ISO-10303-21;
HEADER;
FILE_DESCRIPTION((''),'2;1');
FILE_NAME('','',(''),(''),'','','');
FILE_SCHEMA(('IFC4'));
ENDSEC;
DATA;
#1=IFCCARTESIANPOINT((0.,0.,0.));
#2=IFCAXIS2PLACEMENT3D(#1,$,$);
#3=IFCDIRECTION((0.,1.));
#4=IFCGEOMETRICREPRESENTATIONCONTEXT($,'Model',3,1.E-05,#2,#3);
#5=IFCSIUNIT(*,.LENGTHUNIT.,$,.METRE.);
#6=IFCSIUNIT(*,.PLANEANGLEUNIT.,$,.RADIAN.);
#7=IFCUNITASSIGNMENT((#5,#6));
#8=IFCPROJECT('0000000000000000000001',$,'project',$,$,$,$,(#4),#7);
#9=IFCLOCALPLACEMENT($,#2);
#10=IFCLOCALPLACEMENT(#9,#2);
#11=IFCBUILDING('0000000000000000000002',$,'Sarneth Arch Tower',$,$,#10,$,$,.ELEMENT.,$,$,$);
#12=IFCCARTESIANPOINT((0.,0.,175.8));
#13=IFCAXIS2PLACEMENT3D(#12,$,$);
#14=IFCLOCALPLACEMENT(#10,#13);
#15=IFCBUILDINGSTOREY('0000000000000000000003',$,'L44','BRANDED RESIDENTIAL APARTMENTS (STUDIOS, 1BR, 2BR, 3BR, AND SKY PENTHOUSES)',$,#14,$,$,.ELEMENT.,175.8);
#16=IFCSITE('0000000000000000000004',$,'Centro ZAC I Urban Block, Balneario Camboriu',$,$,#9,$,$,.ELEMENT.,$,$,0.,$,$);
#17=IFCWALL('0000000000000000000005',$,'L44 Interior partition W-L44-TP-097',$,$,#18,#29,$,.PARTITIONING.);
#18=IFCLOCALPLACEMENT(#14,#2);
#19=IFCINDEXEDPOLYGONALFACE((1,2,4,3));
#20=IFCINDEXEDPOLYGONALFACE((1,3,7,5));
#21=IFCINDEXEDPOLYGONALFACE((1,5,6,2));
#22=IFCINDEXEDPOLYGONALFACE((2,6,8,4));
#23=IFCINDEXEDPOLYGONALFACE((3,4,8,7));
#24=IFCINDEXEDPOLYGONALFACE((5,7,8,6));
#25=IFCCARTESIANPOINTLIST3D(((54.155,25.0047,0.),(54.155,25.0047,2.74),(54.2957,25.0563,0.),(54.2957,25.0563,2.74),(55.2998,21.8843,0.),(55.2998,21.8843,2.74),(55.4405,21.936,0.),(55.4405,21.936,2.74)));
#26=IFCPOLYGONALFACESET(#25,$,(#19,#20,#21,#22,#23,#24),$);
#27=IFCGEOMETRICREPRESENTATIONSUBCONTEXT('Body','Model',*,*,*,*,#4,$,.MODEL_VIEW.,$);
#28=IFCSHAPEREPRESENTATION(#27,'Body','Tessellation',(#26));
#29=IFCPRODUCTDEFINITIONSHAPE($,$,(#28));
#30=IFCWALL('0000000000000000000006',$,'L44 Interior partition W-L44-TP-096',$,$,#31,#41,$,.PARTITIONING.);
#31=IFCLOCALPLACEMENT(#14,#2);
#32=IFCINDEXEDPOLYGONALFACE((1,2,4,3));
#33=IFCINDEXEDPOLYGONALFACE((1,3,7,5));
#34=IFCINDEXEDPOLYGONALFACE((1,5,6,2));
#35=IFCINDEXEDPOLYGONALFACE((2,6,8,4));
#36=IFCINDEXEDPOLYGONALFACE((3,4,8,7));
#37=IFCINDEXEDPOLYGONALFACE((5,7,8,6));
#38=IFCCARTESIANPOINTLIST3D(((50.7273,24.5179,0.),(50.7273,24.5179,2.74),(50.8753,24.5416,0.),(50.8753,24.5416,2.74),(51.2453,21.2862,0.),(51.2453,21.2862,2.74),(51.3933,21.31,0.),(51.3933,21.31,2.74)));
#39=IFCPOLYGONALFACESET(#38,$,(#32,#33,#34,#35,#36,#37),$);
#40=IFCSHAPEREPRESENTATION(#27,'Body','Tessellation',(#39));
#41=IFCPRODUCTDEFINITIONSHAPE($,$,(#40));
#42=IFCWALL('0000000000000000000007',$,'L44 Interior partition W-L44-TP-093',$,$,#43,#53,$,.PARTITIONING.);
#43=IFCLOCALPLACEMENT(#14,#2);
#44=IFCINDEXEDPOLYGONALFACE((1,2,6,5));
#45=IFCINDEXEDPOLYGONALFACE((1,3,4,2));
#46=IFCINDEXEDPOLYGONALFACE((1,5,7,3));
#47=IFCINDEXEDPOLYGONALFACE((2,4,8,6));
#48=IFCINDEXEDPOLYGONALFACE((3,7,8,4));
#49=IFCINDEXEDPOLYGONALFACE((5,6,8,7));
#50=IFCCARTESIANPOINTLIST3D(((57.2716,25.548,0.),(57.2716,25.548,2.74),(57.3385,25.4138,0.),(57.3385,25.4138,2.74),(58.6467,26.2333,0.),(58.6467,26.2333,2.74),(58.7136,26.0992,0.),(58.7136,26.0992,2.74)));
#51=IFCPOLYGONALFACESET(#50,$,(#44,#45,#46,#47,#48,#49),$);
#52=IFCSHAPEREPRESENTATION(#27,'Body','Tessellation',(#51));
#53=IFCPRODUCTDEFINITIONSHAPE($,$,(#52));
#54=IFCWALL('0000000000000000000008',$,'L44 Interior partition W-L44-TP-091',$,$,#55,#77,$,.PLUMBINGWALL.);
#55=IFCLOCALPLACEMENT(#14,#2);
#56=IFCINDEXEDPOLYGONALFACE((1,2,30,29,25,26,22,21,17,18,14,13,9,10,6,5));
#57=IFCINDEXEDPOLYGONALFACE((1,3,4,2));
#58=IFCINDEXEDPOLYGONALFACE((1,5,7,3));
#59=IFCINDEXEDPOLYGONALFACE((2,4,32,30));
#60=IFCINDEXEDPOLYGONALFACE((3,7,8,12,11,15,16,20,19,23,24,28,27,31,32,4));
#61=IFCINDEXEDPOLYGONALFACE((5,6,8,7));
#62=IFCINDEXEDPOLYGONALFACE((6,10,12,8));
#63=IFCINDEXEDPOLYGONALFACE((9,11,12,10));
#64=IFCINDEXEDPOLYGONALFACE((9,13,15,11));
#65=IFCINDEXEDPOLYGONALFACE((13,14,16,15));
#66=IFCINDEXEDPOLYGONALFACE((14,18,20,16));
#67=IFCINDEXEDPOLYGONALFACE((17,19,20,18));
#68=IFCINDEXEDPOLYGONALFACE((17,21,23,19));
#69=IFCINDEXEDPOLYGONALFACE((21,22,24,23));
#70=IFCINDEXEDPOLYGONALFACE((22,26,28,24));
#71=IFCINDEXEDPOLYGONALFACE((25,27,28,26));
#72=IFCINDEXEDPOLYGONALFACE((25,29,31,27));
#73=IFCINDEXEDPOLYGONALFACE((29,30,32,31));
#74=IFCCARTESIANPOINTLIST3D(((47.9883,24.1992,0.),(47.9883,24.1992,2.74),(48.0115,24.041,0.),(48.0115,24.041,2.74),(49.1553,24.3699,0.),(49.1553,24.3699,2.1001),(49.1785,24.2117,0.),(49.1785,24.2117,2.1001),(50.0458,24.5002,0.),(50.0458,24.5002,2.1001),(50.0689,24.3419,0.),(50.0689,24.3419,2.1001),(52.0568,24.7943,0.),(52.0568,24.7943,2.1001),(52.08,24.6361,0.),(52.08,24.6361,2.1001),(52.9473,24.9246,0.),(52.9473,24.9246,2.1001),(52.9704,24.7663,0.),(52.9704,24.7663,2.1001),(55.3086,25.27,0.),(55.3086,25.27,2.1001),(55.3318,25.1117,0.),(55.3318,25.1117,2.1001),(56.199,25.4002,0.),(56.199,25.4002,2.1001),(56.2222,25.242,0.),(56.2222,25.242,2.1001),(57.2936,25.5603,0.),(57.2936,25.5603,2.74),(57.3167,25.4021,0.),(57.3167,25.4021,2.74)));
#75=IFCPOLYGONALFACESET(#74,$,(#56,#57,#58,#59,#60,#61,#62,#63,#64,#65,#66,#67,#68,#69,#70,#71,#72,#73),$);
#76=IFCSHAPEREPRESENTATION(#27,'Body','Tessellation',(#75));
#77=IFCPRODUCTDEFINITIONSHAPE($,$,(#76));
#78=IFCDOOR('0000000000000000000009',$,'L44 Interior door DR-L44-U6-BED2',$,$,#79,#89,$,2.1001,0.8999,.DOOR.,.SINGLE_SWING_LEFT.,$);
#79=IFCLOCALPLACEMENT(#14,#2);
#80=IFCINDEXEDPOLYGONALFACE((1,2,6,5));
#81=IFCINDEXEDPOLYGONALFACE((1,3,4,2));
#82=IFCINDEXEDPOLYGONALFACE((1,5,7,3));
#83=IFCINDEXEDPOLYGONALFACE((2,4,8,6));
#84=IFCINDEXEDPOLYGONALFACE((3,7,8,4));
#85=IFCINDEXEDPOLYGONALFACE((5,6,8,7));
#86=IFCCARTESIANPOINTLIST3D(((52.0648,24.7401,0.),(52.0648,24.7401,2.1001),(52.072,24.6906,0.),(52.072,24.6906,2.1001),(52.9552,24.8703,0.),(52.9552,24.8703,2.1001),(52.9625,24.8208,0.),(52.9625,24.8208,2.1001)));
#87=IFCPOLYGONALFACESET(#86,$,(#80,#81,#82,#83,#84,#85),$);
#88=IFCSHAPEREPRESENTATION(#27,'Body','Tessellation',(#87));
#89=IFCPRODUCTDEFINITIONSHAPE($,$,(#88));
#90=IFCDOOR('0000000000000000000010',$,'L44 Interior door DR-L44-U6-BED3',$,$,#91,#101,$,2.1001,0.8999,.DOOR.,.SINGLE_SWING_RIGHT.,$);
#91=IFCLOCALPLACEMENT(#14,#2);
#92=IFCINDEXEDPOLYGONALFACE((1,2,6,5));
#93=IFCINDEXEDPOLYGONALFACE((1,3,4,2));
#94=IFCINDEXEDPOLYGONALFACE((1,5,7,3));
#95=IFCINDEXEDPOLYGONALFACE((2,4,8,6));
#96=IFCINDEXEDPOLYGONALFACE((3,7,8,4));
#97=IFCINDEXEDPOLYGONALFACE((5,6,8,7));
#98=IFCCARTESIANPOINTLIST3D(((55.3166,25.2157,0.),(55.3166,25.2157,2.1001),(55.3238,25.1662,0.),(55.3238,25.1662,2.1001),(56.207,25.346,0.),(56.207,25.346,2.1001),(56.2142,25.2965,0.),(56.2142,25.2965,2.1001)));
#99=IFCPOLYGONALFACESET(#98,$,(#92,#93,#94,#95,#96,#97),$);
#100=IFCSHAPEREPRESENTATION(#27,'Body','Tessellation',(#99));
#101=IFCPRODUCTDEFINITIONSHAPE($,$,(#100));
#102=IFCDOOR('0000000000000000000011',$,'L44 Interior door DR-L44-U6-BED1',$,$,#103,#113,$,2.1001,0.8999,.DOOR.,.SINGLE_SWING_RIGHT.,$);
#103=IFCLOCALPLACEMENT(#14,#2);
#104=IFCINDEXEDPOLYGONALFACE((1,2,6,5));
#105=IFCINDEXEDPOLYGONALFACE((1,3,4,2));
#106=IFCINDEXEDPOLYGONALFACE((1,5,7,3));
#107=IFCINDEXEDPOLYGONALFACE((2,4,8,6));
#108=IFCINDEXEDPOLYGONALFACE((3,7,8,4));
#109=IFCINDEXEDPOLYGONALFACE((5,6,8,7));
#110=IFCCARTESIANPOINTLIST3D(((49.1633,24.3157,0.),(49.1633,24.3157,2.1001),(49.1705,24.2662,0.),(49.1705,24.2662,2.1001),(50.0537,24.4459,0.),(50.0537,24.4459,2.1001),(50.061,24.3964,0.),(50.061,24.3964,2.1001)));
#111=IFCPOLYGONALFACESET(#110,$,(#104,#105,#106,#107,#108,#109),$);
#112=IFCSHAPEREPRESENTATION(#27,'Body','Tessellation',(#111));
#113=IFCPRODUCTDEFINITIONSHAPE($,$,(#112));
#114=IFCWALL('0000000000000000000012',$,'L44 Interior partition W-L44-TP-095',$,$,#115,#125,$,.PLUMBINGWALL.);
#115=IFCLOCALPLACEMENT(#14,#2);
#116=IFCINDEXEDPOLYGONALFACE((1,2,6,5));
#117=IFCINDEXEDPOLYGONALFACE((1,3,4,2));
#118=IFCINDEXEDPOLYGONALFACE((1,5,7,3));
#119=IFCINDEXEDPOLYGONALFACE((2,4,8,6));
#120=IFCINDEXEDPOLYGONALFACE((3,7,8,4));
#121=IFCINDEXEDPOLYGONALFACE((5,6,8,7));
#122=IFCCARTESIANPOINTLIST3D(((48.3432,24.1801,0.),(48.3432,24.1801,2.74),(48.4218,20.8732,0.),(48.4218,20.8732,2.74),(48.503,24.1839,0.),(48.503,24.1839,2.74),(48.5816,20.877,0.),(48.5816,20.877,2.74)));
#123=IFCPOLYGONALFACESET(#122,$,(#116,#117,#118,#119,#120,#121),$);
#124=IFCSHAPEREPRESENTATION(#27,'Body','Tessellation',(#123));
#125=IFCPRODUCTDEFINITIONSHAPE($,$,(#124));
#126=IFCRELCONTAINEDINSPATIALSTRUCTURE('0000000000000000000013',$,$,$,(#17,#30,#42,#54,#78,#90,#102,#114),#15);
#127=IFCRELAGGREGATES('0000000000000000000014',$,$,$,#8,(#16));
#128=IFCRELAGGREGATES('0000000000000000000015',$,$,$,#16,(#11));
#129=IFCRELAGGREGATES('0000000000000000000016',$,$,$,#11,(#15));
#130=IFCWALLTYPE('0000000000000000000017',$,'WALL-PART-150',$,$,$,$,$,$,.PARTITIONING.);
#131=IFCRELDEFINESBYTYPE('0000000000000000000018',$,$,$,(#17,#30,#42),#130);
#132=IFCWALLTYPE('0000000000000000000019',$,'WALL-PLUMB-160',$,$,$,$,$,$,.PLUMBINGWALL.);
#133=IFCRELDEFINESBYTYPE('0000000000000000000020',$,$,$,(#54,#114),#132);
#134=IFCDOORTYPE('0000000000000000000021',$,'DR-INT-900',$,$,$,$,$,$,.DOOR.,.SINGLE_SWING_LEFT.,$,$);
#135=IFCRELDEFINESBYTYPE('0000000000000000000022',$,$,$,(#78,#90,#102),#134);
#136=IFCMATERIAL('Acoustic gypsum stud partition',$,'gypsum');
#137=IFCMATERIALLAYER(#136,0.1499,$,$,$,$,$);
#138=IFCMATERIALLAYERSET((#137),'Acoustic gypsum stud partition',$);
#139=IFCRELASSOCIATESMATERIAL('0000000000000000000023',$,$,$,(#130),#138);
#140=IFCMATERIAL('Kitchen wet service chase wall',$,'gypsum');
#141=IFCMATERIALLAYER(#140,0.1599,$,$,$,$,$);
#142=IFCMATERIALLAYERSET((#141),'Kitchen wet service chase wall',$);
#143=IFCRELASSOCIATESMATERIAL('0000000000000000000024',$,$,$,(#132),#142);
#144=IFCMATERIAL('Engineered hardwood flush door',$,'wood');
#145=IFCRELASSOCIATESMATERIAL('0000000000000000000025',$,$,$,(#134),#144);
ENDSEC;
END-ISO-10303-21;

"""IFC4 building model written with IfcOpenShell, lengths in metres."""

from ifc_helpers import new_model, si_unit, direction, frame, frame_2d, origin, place, context, subcontext, project, spatial, rectangle, extrude, material, layer, layer_set, type_object, element, fill, save


model = new_model("IFC4")

# Units and contexts
model_context = context("Model", 3, precision=1e-05, world=origin(), true_north=direction((0.0, 1.0)))
body_context = subcontext(model_context, "Body", "Model", "MODEL_VIEW")
ifc_project = project(units=[si_unit("LENGTHUNIT", "METRE"), si_unit("PLANEANGLEUNIT", "RADIAN")], contexts=[model_context])

# Site, building, storey
site_placement = place(None, origin())
site = spatial("IfcSite", under=ifc_project, at=site_placement, Name="Centro ZAC I Urban Block, Balneario Camboriu", CompositionType="ELEMENT", RefElevation=0.0)
building_placement = place(site_placement, origin())
building = spatial("IfcBuilding", under=site, at=building_placement, Name="Sarneth Arch Tower", CompositionType="ELEMENT")
storey_placement = place(building_placement, frame((0.0, 0.0, 175.8)))
storey = spatial("IfcBuildingStorey", under=building, at=storey_placement, Name="L44", Description="BRANDED RESIDENTIAL APARTMENTS (STUDIOS, 1BR, 2BR, 3BR, AND SKY PENTHOUSES)", CompositionType="ELEMENT", Elevation=175.8)

# Walls
ifc_material_1 = material(Name="Acoustic gypsum stud partition", Category="gypsum")
ifc_layer_1 = layer(ifc_material_1, 0.1499)
ifc_layer_set_1 = layer_set([ifc_layer_1], Name="Acoustic gypsum stud partition")
wall_type_1 = type_object("IfcWallType", Name="WALL-PART-150", PredefinedType="PARTITIONING", material=ifc_layer_set_1)
wall_1_placement = place(storey_placement, frame((55.3701, 21.9102, 0.0), z_axis=(0.0, 0.0, 1.0), x_axis=(-0.344425, 0.938814, 0.0)))
element("IfcWall", 1, at=wall_1_placement, inside=storey, type_object=wall_type_1, Name="L44 Interior partition W-L44-TP-097", PredefinedType="PARTITIONING", context=body_context, shape_type="SweptSolid", body=[
    extrude(rectangle(XDim=3.3237, YDim=0.1499, at=frame_2d((1.6619, 0.0))), origin(), (0.0, 0.0, 1.0), 2.74),
])
wall_2_placement = place(storey_placement, frame((51.3193, 21.2981, 0.0), z_axis=(0.0, 0.0, 1.0), x_axis=(-0.158287, 0.987393, 0.0)))
element("IfcWall", 2, at=wall_2_placement, inside=storey, type_object=wall_type_1, Name="L44 Interior partition W-L44-TP-096", PredefinedType="PARTITIONING", context=body_context, shape_type="SweptSolid", body=[
    extrude(rectangle(XDim=3.2729, YDim=0.1499, at=frame_2d((1.6365, 0.0))), origin(), (0.0, 0.0, 1.0), 2.74),
])
wall_3_placement = place(storey_placement, frame((57.3052, 25.481, 0.0), z_axis=(0.0, 0.0, 1.0), x_axis=(0.894999, 0.446069, 0.0)))
element("IfcWall", 3, at=wall_3_placement, inside=storey, type_object=wall_type_1, Name="L44 Interior partition W-L44-TP-093", PredefinedType="PARTITIONING", context=body_context, shape_type="SweptSolid", body=[
    extrude(rectangle(XDim=1.5364, YDim=0.1499, at=frame_2d((0.7681, 0.0))), origin(), (0.0, 0.0, 1.0), 2.74),
])

# Wall, openings, doors
ifc_material_2 = material(Name="Kitchen wet service chase wall", Category="gypsum")
ifc_layer_2 = layer(ifc_material_2, 0.1599)
ifc_layer_set_2 = layer_set([ifc_layer_2], Name="Kitchen wet service chase wall")
wall_type_2 = type_object("IfcWallType", Name="WALL-PLUMB-160", PredefinedType="PLUMBINGWALL", material=ifc_layer_set_2)
wall_4_placement = place(storey_placement, frame((57.3052, 25.4812, 0.0), z_axis=(0.0, 0.0, 1.0), x_axis=(-0.989471, -0.144732, 0.0)))
wall_4 = element("IfcWall", 4, at=wall_4_placement, inside=storey, type_object=wall_type_2, Name="L44 Interior partition W-L44-TP-091", PredefinedType="PLUMBINGWALL", context=body_context, shape_type="SweptSolid", body=[
    extrude(rectangle(XDim=9.4043, YDim=0.1599, at=frame_2d((4.7021, 0.0))), origin(), (0.0, 0.0, 1.0), 2.74),
])
opening_1_placement = place(wall_4_placement, frame((4.3926, 0.0, 0.0)))
opening_1 = element("IfcOpeningElement", 5, at=opening_1_placement, cuts=wall_4, PredefinedType="OPENING", context=body_context, shape_type="SweptSolid", body=[
    extrude(rectangle(XDim=0.8999, YDim=2.1001, at=frame_2d((0.45, 1.05))), frame((0.0, 0.0898, 0.0), z_axis=(0.0, -1.0, 0.0), x_axis=(1.0, 0.0, 0.0)), (0.0, 0.0, 1.0), 0.1799),
])
opening_2_placement = place(wall_4_placement, frame((1.1062, 0.0, 0.0)))
opening_2 = element("IfcOpeningElement", 6, at=opening_2_placement, cuts=wall_4, PredefinedType="OPENING", context=body_context, shape_type="SweptSolid", body=[
    extrude(rectangle(XDim=0.8999, YDim=2.1001, at=frame_2d((0.45, 1.05))), frame((0.0, 0.0898, 0.0), z_axis=(0.0, -1.0, 0.0), x_axis=(1.0, 0.0, 0.0)), (0.0, 0.0, 1.0), 0.1799),
])
opening_3_placement = place(wall_4_placement, frame((7.325, 0.0, 0.0)))
opening_3 = element("IfcOpeningElement", 7, at=opening_3_placement, cuts=wall_4, PredefinedType="OPENING", context=body_context, shape_type="SweptSolid", body=[
    extrude(rectangle(XDim=0.8999, YDim=2.1001, at=frame_2d((0.45, 1.05))), frame((0.0, 0.0898, 0.0), z_axis=(0.0, -1.0, 0.0), x_axis=(1.0, 0.0, 0.0)), (0.0, 0.0, 1.0), 0.1799),
])
ifc_material_3 = material(Name="Engineered hardwood flush door", Category="wood")
door_type_1 = type_object("IfcDoorType", Name="DR-INT-900", OperationType="SINGLE_SWING_LEFT", PredefinedType="DOOR", material=ifc_material_3)
door_1_placement = place(opening_1_placement, origin())
door_1 = element("IfcDoor", 8, at=door_1_placement, inside=storey, type_object=door_type_1, Name="L44 Interior door DR-L44-U6-BED2", OperationType="SINGLE_SWING_LEFT", OverallHeight=2.1001, OverallWidth=0.8999, PredefinedType="DOOR", context=body_context, shape_type="SweptSolid", body=[
    extrude(rectangle(XDim=0.8999, YDim=2.1001, at=frame_2d((0.45, 1.05))), frame((0.0, 0.0249, 0.0), z_axis=(0.0, -1.0, 0.0), x_axis=(1.0, 0.0, 0.0)), (0.0, 0.0, 1.0), 0.05),
])
fill(opening_1, door_1)
door_2_placement = place(opening_2_placement, origin())
door_2 = element("IfcDoor", 9, at=door_2_placement, inside=storey, type_object=door_type_1, Name="L44 Interior door DR-L44-U6-BED3", OperationType="SINGLE_SWING_RIGHT", OverallHeight=2.1001, OverallWidth=0.8999, PredefinedType="DOOR", context=body_context, shape_type="SweptSolid", body=[
    extrude(rectangle(XDim=0.8999, YDim=2.1001, at=frame_2d((0.45, 1.05))), frame((0.0, 0.0249, 0.0), z_axis=(0.0, -1.0, 0.0), x_axis=(1.0, 0.0, 0.0)), (0.0, 0.0, 1.0), 0.05),
])
fill(opening_2, door_2)
door_3_placement = place(opening_3_placement, origin())
door_3 = element("IfcDoor", 10, at=door_3_placement, inside=storey, type_object=door_type_1, Name="L44 Interior door DR-L44-U6-BED1", OperationType="SINGLE_SWING_RIGHT", OverallHeight=2.1001, OverallWidth=0.8999, PredefinedType="DOOR", context=body_context, shape_type="SweptSolid", body=[
    extrude(rectangle(XDim=0.8999, YDim=2.1001, at=frame_2d((0.45, 1.05))), frame((0.0, 0.0249, 0.0), z_axis=(0.0, -1.0, 0.0), x_axis=(1.0, 0.0, 0.0)), (0.0, 0.0, 1.0), 0.05),
])
fill(opening_3, door_3)

# Wall
wall_5_placement = place(storey_placement, frame((48.4231, 24.1819, 0.0), z_axis=(0.0, 0.0, 1.0), x_axis=(0.023766, -0.999718, 0.0)))
element("IfcWall", 11, at=wall_5_placement, inside=storey, type_object=wall_type_2, Name="L44 Interior partition W-L44-TP-095", PredefinedType="PLUMBINGWALL", context=body_context, shape_type="SweptSolid", body=[
    extrude(rectangle(XDim=3.3079, YDim=0.1599, at=frame_2d((1.6538, 0.0))), origin(), (0.0, 0.0, 1.0), 2.74),
])

save(model, "model.ifc")
